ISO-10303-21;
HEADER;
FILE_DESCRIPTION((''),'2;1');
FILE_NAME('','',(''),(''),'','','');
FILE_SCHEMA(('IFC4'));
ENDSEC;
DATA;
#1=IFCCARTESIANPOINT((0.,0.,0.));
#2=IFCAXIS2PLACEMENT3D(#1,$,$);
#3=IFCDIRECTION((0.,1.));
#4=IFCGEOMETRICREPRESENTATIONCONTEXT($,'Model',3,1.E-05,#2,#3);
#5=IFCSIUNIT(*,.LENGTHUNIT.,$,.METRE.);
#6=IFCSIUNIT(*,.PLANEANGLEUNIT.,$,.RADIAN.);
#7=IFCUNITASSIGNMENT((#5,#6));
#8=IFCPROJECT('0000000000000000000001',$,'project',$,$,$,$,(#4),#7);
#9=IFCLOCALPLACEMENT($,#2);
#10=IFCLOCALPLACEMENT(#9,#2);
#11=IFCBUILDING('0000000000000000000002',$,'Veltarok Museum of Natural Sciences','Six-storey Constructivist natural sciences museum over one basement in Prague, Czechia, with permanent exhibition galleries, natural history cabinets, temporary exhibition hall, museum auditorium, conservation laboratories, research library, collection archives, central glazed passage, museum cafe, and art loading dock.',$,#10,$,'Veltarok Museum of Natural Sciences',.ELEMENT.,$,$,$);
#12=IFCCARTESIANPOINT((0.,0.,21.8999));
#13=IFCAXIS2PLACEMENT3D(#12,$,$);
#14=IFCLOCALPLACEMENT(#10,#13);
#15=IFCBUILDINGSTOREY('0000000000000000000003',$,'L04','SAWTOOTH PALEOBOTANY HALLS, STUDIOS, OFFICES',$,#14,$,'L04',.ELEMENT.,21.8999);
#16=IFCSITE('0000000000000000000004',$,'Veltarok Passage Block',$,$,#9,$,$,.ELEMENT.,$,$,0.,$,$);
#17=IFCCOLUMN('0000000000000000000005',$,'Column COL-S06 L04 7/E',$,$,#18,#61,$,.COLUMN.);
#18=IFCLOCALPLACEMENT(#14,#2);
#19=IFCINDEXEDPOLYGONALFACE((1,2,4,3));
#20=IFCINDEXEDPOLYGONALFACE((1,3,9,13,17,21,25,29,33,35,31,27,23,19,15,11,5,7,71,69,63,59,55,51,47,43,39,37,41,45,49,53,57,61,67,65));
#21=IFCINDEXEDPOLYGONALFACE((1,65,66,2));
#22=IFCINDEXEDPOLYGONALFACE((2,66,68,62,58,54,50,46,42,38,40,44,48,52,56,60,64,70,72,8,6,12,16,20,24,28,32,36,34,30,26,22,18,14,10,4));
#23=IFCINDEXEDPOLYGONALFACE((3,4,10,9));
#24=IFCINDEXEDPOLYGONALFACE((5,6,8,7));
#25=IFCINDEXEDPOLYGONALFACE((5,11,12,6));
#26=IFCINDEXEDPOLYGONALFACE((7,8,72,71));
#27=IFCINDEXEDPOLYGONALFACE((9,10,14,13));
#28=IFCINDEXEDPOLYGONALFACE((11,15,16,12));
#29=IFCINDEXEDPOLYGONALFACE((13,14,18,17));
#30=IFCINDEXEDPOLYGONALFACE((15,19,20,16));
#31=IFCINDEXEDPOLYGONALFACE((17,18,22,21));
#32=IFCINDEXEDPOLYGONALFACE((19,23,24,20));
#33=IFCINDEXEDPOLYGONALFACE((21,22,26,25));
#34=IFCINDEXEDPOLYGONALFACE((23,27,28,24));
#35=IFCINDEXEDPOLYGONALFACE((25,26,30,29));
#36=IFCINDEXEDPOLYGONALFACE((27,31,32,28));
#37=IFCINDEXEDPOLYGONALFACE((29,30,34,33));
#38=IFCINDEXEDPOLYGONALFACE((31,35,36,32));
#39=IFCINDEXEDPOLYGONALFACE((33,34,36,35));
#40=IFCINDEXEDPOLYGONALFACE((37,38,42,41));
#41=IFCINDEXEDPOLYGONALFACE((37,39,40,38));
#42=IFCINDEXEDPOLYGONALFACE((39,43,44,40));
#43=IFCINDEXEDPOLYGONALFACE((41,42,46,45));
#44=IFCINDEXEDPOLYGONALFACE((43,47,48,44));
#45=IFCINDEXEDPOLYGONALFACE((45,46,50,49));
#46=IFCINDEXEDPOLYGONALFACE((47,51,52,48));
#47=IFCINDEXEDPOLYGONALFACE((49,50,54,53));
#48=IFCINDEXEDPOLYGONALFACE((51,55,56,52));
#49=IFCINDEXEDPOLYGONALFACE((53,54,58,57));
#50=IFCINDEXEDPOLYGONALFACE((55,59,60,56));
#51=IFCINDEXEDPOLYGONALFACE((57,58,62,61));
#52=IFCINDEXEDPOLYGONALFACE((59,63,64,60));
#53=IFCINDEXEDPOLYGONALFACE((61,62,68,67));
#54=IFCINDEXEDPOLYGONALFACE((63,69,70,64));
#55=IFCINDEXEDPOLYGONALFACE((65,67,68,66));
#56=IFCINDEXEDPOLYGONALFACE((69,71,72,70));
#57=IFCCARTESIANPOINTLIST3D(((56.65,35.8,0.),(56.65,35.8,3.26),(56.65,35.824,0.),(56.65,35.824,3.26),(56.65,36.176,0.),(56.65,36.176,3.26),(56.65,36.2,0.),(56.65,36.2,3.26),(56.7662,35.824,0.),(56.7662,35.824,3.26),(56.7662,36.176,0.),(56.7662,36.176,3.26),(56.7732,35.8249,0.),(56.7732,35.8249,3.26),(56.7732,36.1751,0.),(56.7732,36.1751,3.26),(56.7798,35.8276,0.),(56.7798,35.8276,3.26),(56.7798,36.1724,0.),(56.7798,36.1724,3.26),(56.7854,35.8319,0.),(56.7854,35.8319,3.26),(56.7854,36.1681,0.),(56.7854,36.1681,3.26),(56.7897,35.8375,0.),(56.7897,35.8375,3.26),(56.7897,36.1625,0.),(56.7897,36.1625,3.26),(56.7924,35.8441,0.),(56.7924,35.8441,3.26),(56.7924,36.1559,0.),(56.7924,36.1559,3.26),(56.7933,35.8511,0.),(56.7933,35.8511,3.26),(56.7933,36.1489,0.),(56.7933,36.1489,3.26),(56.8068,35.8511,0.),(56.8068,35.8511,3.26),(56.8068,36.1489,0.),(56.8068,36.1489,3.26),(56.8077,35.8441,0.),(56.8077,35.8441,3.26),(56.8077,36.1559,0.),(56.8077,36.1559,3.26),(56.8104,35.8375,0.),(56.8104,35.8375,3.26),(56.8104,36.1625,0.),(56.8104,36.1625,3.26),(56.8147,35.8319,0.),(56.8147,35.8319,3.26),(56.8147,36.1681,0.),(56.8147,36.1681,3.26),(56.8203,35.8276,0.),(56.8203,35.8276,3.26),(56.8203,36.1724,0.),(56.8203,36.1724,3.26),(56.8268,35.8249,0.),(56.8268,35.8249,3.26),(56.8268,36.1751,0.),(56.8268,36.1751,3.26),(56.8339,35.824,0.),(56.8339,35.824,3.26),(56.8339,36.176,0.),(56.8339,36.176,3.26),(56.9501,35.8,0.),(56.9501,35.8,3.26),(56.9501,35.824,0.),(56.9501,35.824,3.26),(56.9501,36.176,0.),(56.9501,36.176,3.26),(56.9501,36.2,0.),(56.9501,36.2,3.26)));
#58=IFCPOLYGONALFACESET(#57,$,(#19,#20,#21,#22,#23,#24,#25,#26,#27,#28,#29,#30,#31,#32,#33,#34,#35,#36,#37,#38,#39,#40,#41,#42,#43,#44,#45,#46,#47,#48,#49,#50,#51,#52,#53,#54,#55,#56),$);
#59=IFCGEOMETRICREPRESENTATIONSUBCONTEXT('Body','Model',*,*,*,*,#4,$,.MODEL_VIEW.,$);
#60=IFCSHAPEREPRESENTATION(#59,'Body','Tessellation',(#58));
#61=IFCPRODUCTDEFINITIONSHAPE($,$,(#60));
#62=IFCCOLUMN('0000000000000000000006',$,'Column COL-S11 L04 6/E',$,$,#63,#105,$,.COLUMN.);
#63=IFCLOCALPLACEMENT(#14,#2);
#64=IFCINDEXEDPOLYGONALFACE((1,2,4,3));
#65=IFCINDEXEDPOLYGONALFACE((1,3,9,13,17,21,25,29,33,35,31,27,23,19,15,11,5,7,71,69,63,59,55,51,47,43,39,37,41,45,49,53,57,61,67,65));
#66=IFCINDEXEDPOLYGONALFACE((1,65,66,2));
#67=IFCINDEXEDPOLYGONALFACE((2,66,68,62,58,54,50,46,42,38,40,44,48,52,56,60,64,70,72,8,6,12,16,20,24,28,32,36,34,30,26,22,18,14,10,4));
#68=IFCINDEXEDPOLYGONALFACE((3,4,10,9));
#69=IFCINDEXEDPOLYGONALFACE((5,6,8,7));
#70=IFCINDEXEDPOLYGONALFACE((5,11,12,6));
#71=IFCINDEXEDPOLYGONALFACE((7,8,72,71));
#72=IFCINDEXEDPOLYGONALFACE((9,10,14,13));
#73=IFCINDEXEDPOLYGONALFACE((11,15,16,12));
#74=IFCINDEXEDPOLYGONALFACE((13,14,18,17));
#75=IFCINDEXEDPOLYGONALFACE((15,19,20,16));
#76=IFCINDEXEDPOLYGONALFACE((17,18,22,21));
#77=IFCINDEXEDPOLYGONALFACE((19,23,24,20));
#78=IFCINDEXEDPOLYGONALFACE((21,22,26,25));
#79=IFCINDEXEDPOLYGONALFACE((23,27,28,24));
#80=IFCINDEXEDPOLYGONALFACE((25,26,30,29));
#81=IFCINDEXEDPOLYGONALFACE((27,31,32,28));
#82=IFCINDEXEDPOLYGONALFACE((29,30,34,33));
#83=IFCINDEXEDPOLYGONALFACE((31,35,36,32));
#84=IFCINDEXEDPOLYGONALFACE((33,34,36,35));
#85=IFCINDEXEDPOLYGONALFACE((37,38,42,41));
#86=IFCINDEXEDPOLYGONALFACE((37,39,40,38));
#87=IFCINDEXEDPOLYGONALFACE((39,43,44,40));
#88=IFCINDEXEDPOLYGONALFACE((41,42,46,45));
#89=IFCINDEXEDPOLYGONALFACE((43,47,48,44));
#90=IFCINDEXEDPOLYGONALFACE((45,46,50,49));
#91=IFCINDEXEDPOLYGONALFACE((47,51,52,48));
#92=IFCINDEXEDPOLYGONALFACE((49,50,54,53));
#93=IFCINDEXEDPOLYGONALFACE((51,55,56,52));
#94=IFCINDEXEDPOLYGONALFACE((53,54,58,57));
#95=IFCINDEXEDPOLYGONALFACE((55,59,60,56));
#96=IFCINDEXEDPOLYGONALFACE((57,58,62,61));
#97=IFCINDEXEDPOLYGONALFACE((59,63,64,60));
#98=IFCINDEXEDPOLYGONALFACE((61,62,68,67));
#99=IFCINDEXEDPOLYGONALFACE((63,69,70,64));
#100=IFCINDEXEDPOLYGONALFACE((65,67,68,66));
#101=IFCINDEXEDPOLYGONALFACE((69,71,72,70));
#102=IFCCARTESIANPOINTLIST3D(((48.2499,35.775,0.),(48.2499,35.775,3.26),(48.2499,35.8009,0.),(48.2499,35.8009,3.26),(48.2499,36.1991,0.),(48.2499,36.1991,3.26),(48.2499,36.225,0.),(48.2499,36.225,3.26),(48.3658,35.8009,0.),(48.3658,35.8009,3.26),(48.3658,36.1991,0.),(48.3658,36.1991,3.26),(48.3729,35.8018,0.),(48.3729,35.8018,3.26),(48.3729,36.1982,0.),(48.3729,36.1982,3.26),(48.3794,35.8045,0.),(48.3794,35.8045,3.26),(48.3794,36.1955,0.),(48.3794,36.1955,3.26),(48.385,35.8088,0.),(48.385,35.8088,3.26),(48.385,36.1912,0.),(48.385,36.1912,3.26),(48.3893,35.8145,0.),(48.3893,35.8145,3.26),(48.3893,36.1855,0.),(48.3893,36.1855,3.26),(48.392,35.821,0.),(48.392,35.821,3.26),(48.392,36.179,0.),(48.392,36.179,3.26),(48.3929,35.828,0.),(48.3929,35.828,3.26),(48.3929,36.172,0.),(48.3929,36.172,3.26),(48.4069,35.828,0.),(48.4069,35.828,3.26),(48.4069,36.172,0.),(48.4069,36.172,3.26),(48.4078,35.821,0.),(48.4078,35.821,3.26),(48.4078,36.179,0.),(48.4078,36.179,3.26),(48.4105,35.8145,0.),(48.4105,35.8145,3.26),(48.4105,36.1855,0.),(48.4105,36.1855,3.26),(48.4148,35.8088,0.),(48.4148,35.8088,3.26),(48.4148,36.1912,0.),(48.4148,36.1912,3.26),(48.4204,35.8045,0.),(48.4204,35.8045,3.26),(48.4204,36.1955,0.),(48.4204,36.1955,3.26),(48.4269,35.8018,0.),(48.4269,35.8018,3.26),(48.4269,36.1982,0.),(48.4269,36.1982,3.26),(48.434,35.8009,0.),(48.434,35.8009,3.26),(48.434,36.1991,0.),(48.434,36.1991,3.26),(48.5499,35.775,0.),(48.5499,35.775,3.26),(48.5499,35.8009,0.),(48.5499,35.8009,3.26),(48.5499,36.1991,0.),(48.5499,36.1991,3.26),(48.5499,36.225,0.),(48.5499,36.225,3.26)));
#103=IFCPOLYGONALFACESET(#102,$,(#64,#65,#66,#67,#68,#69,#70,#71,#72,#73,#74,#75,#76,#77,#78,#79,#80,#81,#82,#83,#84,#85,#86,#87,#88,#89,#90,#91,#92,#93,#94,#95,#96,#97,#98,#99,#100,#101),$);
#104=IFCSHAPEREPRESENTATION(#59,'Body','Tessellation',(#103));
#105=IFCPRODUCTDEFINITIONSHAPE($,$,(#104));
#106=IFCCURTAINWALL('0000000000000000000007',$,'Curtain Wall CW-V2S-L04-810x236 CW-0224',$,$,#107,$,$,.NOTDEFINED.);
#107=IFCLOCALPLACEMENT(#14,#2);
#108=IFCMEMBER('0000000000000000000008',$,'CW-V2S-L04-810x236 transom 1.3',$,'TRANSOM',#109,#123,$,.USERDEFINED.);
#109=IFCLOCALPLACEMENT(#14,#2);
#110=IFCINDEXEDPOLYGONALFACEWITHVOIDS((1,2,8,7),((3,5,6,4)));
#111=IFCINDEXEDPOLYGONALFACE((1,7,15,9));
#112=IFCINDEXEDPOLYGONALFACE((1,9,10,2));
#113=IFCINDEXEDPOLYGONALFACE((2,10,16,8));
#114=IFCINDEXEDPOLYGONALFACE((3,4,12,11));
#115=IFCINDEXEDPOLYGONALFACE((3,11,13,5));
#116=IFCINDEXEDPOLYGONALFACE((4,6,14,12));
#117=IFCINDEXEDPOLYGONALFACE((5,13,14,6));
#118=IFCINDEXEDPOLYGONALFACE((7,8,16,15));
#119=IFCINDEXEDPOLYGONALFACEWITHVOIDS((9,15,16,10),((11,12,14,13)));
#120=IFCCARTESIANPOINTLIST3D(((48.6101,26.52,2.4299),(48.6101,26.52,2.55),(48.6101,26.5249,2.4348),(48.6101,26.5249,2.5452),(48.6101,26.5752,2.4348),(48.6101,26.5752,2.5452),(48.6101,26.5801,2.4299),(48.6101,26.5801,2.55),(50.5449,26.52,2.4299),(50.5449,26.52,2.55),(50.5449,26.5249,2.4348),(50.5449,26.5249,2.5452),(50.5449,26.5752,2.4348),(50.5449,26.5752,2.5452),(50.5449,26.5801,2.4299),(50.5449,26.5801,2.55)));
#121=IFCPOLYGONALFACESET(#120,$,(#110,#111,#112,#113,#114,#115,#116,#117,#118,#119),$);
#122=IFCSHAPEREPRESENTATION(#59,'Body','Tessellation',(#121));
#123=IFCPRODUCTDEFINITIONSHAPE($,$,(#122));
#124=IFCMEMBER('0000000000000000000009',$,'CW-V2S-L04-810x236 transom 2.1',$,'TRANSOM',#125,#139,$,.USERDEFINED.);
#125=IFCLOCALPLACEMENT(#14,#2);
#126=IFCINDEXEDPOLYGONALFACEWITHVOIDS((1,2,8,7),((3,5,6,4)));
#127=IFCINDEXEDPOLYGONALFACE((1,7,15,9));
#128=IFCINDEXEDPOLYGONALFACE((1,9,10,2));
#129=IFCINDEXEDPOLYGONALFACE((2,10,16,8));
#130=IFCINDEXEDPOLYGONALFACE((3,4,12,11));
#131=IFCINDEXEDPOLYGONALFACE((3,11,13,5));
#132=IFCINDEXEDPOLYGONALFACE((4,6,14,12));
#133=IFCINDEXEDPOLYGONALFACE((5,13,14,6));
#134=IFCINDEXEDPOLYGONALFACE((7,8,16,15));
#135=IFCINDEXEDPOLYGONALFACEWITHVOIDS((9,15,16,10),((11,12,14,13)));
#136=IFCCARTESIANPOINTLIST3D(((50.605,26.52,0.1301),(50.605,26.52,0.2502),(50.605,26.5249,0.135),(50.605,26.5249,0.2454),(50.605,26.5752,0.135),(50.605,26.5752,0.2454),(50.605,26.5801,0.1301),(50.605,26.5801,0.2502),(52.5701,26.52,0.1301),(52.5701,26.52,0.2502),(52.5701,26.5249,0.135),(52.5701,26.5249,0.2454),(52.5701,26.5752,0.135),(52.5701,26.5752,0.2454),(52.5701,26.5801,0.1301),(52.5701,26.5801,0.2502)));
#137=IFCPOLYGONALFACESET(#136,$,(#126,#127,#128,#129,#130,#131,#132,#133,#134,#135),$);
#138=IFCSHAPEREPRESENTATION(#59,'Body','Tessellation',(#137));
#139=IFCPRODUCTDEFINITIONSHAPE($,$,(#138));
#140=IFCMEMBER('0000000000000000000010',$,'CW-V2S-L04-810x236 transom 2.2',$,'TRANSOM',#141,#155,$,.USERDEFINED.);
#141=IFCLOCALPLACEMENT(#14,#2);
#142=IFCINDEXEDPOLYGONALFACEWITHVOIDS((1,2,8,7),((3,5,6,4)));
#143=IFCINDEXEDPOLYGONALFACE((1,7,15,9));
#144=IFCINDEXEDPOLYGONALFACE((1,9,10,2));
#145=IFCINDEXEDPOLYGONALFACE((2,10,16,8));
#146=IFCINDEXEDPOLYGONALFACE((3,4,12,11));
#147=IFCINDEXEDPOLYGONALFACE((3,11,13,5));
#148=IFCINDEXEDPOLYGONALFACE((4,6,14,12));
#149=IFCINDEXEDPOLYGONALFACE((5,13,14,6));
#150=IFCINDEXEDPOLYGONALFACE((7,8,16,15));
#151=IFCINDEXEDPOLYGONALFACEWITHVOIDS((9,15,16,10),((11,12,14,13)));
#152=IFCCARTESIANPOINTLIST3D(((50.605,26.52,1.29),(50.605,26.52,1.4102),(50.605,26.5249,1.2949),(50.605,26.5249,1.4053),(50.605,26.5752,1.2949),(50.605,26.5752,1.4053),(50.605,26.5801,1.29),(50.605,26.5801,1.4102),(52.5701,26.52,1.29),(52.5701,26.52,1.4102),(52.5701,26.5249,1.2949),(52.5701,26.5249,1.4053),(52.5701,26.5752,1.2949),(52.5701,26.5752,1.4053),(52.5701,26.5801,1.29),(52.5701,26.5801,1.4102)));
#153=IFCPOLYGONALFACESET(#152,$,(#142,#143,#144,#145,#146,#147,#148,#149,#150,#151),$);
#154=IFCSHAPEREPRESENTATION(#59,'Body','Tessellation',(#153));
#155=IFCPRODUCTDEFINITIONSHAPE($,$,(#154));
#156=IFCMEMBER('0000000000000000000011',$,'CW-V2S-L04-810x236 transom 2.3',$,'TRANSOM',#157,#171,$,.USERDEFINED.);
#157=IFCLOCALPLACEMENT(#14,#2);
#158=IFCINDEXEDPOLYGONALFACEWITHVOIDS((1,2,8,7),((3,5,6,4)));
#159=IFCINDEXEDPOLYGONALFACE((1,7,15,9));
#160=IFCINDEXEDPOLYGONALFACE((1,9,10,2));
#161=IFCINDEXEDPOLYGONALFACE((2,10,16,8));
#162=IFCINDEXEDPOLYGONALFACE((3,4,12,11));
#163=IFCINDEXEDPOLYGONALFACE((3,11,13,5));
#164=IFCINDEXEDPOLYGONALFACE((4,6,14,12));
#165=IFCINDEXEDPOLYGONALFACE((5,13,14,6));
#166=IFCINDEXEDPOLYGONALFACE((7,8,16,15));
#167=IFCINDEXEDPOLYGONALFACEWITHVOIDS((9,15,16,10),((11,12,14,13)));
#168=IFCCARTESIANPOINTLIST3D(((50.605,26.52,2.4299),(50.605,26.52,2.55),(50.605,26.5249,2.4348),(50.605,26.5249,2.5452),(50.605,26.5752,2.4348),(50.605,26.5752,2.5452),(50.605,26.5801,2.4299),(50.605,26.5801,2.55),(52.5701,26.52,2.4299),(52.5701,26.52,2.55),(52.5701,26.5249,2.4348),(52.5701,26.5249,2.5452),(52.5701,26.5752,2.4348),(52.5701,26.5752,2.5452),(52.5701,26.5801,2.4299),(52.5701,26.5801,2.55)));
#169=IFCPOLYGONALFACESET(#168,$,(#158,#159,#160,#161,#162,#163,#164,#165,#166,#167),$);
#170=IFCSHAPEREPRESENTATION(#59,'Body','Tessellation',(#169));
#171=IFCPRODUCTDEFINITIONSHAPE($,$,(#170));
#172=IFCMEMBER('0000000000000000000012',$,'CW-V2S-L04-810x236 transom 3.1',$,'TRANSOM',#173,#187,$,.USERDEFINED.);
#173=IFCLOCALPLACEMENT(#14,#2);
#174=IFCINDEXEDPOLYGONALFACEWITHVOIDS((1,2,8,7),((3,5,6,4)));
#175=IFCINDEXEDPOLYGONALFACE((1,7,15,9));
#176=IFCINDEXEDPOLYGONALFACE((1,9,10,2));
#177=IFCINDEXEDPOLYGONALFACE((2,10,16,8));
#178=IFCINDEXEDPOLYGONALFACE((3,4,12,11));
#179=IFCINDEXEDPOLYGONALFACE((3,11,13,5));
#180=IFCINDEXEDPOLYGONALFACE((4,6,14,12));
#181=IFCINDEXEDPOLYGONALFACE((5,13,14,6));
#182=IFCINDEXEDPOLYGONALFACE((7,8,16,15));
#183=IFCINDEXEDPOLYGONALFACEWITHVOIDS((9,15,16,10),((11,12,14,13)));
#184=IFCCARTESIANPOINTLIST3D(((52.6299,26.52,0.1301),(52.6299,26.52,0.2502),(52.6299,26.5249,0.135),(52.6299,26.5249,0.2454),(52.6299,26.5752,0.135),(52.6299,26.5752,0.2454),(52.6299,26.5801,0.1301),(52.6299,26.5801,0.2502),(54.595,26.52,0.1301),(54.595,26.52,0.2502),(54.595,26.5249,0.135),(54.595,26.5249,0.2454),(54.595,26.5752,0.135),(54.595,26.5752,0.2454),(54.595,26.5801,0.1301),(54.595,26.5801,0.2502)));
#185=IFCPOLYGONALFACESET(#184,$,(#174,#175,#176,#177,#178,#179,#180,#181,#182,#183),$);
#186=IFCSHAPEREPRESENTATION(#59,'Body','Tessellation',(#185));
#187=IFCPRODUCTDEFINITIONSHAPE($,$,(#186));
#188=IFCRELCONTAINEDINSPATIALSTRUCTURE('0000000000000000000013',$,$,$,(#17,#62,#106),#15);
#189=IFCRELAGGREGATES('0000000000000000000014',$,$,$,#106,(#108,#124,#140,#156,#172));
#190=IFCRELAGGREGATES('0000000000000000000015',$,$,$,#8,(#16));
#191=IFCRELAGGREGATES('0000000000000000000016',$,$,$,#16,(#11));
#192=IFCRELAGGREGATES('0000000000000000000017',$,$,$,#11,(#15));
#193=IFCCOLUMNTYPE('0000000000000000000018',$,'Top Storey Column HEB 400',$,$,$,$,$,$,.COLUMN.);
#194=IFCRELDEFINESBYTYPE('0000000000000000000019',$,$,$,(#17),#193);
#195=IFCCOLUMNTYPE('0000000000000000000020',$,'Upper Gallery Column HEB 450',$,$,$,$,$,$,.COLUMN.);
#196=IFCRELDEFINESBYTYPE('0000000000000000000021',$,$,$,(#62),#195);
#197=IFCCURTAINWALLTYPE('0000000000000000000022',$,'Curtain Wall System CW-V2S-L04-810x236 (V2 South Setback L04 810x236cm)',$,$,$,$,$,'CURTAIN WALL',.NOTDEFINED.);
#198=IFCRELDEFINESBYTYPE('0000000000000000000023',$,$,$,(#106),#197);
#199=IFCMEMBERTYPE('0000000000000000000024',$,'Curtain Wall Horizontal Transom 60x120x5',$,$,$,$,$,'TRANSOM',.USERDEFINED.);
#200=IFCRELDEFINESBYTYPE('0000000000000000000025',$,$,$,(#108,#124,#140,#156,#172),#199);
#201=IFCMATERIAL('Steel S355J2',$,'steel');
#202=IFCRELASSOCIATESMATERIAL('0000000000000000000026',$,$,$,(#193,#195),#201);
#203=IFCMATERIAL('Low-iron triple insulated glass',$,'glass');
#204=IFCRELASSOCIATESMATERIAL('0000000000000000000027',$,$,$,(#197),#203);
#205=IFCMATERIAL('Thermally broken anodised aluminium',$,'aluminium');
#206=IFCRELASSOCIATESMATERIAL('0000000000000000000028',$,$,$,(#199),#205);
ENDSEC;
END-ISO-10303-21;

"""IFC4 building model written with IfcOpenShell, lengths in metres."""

from ifc_helpers import new_model, si_unit, direction, frame, origin, origin_2d, place, context, subcontext, project, spatial, hollow_rectangle, i_section, extrude, material, material_profile, profile_set, type_object, element, aggregate, save


model = new_model("IFC4")

# Units and contexts
model_context = context("Model", 3, precision=1e-05, world=origin(), true_north=direction((0.0, 1.0)))
body_context = subcontext(model_context, "Body", "Model", "MODEL_VIEW")
ifc_project = project(units=[si_unit("LENGTHUNIT", "METRE"), si_unit("PLANEANGLEUNIT", "RADIAN")], contexts=[model_context])

# Site, building, storey
site_placement = place(None, origin())
site = spatial("IfcSite", under=ifc_project, at=site_placement, Name="Veltarok Passage Block", CompositionType="ELEMENT", RefElevation=0.0)
building_placement = place(site_placement, origin())
building = spatial("IfcBuilding", under=site, at=building_placement, Name="Veltarok Museum of Natural Sciences", Description="Six-storey Constructivist natural sciences museum over one basement in Prague, Czechia, with permanent exhibition galleries, natural history cabinets, temporary exhibition hall, museum auditorium, conservation laboratories, research library, collection archives, central glazed passage, museum cafe, and art loading dock.", LongName="Veltarok Museum of Natural Sciences", CompositionType="ELEMENT")
storey_placement = place(building_placement, frame((0.0, 0.0, 21.8999)))
storey = spatial("IfcBuildingStorey", under=building, at=storey_placement, Name="L04", Description="SAWTOOTH PALEOBOTANY HALLS, STUDIOS, OFFICES", LongName="L04", CompositionType="ELEMENT", Elevation=21.8999)

# Columns
ifc_material_1 = material(Name="Steel S355J2", Category="steel")
ifc_material_profile_1 = material_profile(ifc_material_1, i_section(OverallWidth=0.3, OverallDepth=0.3999, WebThickness=0.0134, FlangeThickness=0.0239, FilletRadius=0.0271, at=origin_2d()), Name="HEB 400")
ifc_profile_set_1 = profile_set([ifc_material_profile_1], Name="Steel S355J2")
column_type_1 = type_object("IfcColumnType", Name="Top Storey Column HEB 400", PredefinedType="COLUMN", material=ifc_profile_set_1)
column_1_placement = place(storey_placement, frame((56.8, 36.0, 0.0), z_axis=(0.0, 0.0, 1.0), x_axis=(1.0, 0.0, 0.0)))
element("IfcColumn", 1, at=column_1_placement, inside=storey, type_object=column_type_1, Name="Column COL-S06 L04 7/E", PredefinedType="COLUMN", context=body_context, shape_type="SweptSolid", body=[
    extrude(i_section(OverallWidth=0.3, OverallDepth=0.3999, WebThickness=0.0134, FlangeThickness=0.0239, FilletRadius=0.0271, at=origin_2d()), origin(), (0.0, 0.0, 1.0), 3.26),
])
ifc_material_profile_2 = material_profile(ifc_material_1, i_section(OverallWidth=0.3, OverallDepth=0.45, WebThickness=0.0139, FlangeThickness=0.0259, FilletRadius=0.0271, at=origin_2d()), Name="HEB 450")
ifc_profile_set_2 = profile_set([ifc_material_profile_2], Name="Steel S355J2")
column_type_2 = type_object("IfcColumnType", Name="Upper Gallery Column HEB 450", PredefinedType="COLUMN", material=ifc_profile_set_2)
column_2_placement = place(storey_placement, frame((48.3999, 36.0, 0.0), z_axis=(0.0, 0.0, 1.0), x_axis=(1.0, 0.0, 0.0)))
element("IfcColumn", 2, at=column_2_placement, inside=storey, type_object=column_type_2, Name="Column COL-S11 L04 6/E", PredefinedType="COLUMN", context=body_context, shape_type="SweptSolid", body=[
    extrude(i_section(OverallWidth=0.3, OverallDepth=0.45, WebThickness=0.0139, FlangeThickness=0.0259, FilletRadius=0.0271, at=origin_2d()), origin(), (0.0, 0.0, 1.0), 3.26),
])

# Curtain wall, members
ifc_material_2 = material(Name="Low-iron triple insulated glass", Category="glass")
curtain_wall_type = type_object("IfcCurtainWallType", Name="Curtain Wall System CW-V2S-L04-810x236 (V2 South Setback L04 810x236cm)", ElementType="CURTAIN WALL", PredefinedType="NOTDEFINED", material=ifc_material_2)
curtain_wall_placement = place(storey_placement, origin())
curtain_wall = element("IfcCurtainWall", 3, at=curtain_wall_placement, inside=storey, type_object=curtain_wall_type, Name="Curtain Wall CW-V2S-L04-810x236 CW-0224", PredefinedType="NOTDEFINED")
ifc_material_3 = material(Name="Thermally broken anodised aluminium", Category="aluminium")
ifc_material_profile_3 = material_profile(ifc_material_3, hollow_rectangle(XDim=0.0601, YDim=0.1201, WallThickness=0.0049, at=origin_2d()), Name="CW TRANSOM 60x120x5")
ifc_profile_set_3 = profile_set([ifc_material_profile_3], Name="Thermally broken anodised aluminium")
member_type_1 = type_object("IfcMemberType", Name="Curtain Wall Horizontal Transom 60x120x5", ElementType="TRANSOM", PredefinedType="USERDEFINED", material=ifc_profile_set_3)
member_1_placement = place(storey_placement, frame((48.6101, 26.55, 2.49), z_axis=(1.0, 0.0, 0.0), x_axis=(0.0, 1.0, 0.0)))
member_1 = element("IfcMember", 4, at=member_1_placement, type_object=member_type_1, Name="CW-V2S-L04-810x236 transom 1.3", ObjectType="TRANSOM", PredefinedType="USERDEFINED", context=body_context, shape_type="SweptSolid", body=[
    extrude(hollow_rectangle(XDim=0.0601, YDim=0.1201, WallThickness=0.0049, at=origin_2d()), origin(), (0.0, 0.0, 1.0), 1.9348),
])
member_2_placement = place(storey_placement, frame((50.605, 26.55, 0.1902), z_axis=(1.0, 0.0, 0.0), x_axis=(0.0, 1.0, 0.0)))
member_2 = element("IfcMember", 5, at=member_2_placement, type_object=member_type_1, Name="CW-V2S-L04-810x236 transom 2.1", ObjectType="TRANSOM", PredefinedType="USERDEFINED", context=body_context, shape_type="SweptSolid", body=[
    extrude(hollow_rectangle(XDim=0.0601, YDim=0.1201, WallThickness=0.0049, at=origin_2d()), origin(), (0.0, 0.0, 1.0), 1.9651),
])
member_3_placement = place(storey_placement, frame((50.605, 26.55, 1.3501), z_axis=(1.0, 0.0, 0.0), x_axis=(0.0, 1.0, 0.0)))
member_3 = element("IfcMember", 6, at=member_3_placement, type_object=member_type_1, Name="CW-V2S-L04-810x236 transom 2.2", ObjectType="TRANSOM", PredefinedType="USERDEFINED", context=body_context, shape_type="SweptSolid", body=[
    extrude(hollow_rectangle(XDim=0.0601, YDim=0.1201, WallThickness=0.0049, at=origin_2d()), origin(), (0.0, 0.0, 1.0), 1.9651),
])
member_4_placement = place(storey_placement, frame((50.605, 26.55, 2.49), z_axis=(1.0, 0.0, 0.0), x_axis=(0.0, 1.0, 0.0)))
member_4 = element("IfcMember", 7, at=member_4_placement, type_object=member_type_1, Name="CW-V2S-L04-810x236 transom 2.3", ObjectType="TRANSOM", PredefinedType="USERDEFINED", context=body_context, shape_type="SweptSolid", body=[
    extrude(hollow_rectangle(XDim=0.0601, YDim=0.1201, WallThickness=0.0049, at=origin_2d()), origin(), (0.0, 0.0, 1.0), 1.9651),
])
member_5_placement = place(storey_placement, frame((52.6299, 26.55, 0.1902), z_axis=(1.0, 0.0, 0.0), x_axis=(0.0, 1.0, 0.0)))
member_5 = element("IfcMember", 8, at=member_5_placement, type_object=member_type_1, Name="CW-V2S-L04-810x236 transom 3.1", ObjectType="TRANSOM", PredefinedType="USERDEFINED", context=body_context, shape_type="SweptSolid", body=[
    extrude(hollow_rectangle(XDim=0.0601, YDim=0.1201, WallThickness=0.0049, at=origin_2d()), origin(), (0.0, 0.0, 1.0), 1.9651),
])

aggregate(curtain_wall, [member_1, member_2, member_3, member_4, member_5])

save(model, "model.ifc")
